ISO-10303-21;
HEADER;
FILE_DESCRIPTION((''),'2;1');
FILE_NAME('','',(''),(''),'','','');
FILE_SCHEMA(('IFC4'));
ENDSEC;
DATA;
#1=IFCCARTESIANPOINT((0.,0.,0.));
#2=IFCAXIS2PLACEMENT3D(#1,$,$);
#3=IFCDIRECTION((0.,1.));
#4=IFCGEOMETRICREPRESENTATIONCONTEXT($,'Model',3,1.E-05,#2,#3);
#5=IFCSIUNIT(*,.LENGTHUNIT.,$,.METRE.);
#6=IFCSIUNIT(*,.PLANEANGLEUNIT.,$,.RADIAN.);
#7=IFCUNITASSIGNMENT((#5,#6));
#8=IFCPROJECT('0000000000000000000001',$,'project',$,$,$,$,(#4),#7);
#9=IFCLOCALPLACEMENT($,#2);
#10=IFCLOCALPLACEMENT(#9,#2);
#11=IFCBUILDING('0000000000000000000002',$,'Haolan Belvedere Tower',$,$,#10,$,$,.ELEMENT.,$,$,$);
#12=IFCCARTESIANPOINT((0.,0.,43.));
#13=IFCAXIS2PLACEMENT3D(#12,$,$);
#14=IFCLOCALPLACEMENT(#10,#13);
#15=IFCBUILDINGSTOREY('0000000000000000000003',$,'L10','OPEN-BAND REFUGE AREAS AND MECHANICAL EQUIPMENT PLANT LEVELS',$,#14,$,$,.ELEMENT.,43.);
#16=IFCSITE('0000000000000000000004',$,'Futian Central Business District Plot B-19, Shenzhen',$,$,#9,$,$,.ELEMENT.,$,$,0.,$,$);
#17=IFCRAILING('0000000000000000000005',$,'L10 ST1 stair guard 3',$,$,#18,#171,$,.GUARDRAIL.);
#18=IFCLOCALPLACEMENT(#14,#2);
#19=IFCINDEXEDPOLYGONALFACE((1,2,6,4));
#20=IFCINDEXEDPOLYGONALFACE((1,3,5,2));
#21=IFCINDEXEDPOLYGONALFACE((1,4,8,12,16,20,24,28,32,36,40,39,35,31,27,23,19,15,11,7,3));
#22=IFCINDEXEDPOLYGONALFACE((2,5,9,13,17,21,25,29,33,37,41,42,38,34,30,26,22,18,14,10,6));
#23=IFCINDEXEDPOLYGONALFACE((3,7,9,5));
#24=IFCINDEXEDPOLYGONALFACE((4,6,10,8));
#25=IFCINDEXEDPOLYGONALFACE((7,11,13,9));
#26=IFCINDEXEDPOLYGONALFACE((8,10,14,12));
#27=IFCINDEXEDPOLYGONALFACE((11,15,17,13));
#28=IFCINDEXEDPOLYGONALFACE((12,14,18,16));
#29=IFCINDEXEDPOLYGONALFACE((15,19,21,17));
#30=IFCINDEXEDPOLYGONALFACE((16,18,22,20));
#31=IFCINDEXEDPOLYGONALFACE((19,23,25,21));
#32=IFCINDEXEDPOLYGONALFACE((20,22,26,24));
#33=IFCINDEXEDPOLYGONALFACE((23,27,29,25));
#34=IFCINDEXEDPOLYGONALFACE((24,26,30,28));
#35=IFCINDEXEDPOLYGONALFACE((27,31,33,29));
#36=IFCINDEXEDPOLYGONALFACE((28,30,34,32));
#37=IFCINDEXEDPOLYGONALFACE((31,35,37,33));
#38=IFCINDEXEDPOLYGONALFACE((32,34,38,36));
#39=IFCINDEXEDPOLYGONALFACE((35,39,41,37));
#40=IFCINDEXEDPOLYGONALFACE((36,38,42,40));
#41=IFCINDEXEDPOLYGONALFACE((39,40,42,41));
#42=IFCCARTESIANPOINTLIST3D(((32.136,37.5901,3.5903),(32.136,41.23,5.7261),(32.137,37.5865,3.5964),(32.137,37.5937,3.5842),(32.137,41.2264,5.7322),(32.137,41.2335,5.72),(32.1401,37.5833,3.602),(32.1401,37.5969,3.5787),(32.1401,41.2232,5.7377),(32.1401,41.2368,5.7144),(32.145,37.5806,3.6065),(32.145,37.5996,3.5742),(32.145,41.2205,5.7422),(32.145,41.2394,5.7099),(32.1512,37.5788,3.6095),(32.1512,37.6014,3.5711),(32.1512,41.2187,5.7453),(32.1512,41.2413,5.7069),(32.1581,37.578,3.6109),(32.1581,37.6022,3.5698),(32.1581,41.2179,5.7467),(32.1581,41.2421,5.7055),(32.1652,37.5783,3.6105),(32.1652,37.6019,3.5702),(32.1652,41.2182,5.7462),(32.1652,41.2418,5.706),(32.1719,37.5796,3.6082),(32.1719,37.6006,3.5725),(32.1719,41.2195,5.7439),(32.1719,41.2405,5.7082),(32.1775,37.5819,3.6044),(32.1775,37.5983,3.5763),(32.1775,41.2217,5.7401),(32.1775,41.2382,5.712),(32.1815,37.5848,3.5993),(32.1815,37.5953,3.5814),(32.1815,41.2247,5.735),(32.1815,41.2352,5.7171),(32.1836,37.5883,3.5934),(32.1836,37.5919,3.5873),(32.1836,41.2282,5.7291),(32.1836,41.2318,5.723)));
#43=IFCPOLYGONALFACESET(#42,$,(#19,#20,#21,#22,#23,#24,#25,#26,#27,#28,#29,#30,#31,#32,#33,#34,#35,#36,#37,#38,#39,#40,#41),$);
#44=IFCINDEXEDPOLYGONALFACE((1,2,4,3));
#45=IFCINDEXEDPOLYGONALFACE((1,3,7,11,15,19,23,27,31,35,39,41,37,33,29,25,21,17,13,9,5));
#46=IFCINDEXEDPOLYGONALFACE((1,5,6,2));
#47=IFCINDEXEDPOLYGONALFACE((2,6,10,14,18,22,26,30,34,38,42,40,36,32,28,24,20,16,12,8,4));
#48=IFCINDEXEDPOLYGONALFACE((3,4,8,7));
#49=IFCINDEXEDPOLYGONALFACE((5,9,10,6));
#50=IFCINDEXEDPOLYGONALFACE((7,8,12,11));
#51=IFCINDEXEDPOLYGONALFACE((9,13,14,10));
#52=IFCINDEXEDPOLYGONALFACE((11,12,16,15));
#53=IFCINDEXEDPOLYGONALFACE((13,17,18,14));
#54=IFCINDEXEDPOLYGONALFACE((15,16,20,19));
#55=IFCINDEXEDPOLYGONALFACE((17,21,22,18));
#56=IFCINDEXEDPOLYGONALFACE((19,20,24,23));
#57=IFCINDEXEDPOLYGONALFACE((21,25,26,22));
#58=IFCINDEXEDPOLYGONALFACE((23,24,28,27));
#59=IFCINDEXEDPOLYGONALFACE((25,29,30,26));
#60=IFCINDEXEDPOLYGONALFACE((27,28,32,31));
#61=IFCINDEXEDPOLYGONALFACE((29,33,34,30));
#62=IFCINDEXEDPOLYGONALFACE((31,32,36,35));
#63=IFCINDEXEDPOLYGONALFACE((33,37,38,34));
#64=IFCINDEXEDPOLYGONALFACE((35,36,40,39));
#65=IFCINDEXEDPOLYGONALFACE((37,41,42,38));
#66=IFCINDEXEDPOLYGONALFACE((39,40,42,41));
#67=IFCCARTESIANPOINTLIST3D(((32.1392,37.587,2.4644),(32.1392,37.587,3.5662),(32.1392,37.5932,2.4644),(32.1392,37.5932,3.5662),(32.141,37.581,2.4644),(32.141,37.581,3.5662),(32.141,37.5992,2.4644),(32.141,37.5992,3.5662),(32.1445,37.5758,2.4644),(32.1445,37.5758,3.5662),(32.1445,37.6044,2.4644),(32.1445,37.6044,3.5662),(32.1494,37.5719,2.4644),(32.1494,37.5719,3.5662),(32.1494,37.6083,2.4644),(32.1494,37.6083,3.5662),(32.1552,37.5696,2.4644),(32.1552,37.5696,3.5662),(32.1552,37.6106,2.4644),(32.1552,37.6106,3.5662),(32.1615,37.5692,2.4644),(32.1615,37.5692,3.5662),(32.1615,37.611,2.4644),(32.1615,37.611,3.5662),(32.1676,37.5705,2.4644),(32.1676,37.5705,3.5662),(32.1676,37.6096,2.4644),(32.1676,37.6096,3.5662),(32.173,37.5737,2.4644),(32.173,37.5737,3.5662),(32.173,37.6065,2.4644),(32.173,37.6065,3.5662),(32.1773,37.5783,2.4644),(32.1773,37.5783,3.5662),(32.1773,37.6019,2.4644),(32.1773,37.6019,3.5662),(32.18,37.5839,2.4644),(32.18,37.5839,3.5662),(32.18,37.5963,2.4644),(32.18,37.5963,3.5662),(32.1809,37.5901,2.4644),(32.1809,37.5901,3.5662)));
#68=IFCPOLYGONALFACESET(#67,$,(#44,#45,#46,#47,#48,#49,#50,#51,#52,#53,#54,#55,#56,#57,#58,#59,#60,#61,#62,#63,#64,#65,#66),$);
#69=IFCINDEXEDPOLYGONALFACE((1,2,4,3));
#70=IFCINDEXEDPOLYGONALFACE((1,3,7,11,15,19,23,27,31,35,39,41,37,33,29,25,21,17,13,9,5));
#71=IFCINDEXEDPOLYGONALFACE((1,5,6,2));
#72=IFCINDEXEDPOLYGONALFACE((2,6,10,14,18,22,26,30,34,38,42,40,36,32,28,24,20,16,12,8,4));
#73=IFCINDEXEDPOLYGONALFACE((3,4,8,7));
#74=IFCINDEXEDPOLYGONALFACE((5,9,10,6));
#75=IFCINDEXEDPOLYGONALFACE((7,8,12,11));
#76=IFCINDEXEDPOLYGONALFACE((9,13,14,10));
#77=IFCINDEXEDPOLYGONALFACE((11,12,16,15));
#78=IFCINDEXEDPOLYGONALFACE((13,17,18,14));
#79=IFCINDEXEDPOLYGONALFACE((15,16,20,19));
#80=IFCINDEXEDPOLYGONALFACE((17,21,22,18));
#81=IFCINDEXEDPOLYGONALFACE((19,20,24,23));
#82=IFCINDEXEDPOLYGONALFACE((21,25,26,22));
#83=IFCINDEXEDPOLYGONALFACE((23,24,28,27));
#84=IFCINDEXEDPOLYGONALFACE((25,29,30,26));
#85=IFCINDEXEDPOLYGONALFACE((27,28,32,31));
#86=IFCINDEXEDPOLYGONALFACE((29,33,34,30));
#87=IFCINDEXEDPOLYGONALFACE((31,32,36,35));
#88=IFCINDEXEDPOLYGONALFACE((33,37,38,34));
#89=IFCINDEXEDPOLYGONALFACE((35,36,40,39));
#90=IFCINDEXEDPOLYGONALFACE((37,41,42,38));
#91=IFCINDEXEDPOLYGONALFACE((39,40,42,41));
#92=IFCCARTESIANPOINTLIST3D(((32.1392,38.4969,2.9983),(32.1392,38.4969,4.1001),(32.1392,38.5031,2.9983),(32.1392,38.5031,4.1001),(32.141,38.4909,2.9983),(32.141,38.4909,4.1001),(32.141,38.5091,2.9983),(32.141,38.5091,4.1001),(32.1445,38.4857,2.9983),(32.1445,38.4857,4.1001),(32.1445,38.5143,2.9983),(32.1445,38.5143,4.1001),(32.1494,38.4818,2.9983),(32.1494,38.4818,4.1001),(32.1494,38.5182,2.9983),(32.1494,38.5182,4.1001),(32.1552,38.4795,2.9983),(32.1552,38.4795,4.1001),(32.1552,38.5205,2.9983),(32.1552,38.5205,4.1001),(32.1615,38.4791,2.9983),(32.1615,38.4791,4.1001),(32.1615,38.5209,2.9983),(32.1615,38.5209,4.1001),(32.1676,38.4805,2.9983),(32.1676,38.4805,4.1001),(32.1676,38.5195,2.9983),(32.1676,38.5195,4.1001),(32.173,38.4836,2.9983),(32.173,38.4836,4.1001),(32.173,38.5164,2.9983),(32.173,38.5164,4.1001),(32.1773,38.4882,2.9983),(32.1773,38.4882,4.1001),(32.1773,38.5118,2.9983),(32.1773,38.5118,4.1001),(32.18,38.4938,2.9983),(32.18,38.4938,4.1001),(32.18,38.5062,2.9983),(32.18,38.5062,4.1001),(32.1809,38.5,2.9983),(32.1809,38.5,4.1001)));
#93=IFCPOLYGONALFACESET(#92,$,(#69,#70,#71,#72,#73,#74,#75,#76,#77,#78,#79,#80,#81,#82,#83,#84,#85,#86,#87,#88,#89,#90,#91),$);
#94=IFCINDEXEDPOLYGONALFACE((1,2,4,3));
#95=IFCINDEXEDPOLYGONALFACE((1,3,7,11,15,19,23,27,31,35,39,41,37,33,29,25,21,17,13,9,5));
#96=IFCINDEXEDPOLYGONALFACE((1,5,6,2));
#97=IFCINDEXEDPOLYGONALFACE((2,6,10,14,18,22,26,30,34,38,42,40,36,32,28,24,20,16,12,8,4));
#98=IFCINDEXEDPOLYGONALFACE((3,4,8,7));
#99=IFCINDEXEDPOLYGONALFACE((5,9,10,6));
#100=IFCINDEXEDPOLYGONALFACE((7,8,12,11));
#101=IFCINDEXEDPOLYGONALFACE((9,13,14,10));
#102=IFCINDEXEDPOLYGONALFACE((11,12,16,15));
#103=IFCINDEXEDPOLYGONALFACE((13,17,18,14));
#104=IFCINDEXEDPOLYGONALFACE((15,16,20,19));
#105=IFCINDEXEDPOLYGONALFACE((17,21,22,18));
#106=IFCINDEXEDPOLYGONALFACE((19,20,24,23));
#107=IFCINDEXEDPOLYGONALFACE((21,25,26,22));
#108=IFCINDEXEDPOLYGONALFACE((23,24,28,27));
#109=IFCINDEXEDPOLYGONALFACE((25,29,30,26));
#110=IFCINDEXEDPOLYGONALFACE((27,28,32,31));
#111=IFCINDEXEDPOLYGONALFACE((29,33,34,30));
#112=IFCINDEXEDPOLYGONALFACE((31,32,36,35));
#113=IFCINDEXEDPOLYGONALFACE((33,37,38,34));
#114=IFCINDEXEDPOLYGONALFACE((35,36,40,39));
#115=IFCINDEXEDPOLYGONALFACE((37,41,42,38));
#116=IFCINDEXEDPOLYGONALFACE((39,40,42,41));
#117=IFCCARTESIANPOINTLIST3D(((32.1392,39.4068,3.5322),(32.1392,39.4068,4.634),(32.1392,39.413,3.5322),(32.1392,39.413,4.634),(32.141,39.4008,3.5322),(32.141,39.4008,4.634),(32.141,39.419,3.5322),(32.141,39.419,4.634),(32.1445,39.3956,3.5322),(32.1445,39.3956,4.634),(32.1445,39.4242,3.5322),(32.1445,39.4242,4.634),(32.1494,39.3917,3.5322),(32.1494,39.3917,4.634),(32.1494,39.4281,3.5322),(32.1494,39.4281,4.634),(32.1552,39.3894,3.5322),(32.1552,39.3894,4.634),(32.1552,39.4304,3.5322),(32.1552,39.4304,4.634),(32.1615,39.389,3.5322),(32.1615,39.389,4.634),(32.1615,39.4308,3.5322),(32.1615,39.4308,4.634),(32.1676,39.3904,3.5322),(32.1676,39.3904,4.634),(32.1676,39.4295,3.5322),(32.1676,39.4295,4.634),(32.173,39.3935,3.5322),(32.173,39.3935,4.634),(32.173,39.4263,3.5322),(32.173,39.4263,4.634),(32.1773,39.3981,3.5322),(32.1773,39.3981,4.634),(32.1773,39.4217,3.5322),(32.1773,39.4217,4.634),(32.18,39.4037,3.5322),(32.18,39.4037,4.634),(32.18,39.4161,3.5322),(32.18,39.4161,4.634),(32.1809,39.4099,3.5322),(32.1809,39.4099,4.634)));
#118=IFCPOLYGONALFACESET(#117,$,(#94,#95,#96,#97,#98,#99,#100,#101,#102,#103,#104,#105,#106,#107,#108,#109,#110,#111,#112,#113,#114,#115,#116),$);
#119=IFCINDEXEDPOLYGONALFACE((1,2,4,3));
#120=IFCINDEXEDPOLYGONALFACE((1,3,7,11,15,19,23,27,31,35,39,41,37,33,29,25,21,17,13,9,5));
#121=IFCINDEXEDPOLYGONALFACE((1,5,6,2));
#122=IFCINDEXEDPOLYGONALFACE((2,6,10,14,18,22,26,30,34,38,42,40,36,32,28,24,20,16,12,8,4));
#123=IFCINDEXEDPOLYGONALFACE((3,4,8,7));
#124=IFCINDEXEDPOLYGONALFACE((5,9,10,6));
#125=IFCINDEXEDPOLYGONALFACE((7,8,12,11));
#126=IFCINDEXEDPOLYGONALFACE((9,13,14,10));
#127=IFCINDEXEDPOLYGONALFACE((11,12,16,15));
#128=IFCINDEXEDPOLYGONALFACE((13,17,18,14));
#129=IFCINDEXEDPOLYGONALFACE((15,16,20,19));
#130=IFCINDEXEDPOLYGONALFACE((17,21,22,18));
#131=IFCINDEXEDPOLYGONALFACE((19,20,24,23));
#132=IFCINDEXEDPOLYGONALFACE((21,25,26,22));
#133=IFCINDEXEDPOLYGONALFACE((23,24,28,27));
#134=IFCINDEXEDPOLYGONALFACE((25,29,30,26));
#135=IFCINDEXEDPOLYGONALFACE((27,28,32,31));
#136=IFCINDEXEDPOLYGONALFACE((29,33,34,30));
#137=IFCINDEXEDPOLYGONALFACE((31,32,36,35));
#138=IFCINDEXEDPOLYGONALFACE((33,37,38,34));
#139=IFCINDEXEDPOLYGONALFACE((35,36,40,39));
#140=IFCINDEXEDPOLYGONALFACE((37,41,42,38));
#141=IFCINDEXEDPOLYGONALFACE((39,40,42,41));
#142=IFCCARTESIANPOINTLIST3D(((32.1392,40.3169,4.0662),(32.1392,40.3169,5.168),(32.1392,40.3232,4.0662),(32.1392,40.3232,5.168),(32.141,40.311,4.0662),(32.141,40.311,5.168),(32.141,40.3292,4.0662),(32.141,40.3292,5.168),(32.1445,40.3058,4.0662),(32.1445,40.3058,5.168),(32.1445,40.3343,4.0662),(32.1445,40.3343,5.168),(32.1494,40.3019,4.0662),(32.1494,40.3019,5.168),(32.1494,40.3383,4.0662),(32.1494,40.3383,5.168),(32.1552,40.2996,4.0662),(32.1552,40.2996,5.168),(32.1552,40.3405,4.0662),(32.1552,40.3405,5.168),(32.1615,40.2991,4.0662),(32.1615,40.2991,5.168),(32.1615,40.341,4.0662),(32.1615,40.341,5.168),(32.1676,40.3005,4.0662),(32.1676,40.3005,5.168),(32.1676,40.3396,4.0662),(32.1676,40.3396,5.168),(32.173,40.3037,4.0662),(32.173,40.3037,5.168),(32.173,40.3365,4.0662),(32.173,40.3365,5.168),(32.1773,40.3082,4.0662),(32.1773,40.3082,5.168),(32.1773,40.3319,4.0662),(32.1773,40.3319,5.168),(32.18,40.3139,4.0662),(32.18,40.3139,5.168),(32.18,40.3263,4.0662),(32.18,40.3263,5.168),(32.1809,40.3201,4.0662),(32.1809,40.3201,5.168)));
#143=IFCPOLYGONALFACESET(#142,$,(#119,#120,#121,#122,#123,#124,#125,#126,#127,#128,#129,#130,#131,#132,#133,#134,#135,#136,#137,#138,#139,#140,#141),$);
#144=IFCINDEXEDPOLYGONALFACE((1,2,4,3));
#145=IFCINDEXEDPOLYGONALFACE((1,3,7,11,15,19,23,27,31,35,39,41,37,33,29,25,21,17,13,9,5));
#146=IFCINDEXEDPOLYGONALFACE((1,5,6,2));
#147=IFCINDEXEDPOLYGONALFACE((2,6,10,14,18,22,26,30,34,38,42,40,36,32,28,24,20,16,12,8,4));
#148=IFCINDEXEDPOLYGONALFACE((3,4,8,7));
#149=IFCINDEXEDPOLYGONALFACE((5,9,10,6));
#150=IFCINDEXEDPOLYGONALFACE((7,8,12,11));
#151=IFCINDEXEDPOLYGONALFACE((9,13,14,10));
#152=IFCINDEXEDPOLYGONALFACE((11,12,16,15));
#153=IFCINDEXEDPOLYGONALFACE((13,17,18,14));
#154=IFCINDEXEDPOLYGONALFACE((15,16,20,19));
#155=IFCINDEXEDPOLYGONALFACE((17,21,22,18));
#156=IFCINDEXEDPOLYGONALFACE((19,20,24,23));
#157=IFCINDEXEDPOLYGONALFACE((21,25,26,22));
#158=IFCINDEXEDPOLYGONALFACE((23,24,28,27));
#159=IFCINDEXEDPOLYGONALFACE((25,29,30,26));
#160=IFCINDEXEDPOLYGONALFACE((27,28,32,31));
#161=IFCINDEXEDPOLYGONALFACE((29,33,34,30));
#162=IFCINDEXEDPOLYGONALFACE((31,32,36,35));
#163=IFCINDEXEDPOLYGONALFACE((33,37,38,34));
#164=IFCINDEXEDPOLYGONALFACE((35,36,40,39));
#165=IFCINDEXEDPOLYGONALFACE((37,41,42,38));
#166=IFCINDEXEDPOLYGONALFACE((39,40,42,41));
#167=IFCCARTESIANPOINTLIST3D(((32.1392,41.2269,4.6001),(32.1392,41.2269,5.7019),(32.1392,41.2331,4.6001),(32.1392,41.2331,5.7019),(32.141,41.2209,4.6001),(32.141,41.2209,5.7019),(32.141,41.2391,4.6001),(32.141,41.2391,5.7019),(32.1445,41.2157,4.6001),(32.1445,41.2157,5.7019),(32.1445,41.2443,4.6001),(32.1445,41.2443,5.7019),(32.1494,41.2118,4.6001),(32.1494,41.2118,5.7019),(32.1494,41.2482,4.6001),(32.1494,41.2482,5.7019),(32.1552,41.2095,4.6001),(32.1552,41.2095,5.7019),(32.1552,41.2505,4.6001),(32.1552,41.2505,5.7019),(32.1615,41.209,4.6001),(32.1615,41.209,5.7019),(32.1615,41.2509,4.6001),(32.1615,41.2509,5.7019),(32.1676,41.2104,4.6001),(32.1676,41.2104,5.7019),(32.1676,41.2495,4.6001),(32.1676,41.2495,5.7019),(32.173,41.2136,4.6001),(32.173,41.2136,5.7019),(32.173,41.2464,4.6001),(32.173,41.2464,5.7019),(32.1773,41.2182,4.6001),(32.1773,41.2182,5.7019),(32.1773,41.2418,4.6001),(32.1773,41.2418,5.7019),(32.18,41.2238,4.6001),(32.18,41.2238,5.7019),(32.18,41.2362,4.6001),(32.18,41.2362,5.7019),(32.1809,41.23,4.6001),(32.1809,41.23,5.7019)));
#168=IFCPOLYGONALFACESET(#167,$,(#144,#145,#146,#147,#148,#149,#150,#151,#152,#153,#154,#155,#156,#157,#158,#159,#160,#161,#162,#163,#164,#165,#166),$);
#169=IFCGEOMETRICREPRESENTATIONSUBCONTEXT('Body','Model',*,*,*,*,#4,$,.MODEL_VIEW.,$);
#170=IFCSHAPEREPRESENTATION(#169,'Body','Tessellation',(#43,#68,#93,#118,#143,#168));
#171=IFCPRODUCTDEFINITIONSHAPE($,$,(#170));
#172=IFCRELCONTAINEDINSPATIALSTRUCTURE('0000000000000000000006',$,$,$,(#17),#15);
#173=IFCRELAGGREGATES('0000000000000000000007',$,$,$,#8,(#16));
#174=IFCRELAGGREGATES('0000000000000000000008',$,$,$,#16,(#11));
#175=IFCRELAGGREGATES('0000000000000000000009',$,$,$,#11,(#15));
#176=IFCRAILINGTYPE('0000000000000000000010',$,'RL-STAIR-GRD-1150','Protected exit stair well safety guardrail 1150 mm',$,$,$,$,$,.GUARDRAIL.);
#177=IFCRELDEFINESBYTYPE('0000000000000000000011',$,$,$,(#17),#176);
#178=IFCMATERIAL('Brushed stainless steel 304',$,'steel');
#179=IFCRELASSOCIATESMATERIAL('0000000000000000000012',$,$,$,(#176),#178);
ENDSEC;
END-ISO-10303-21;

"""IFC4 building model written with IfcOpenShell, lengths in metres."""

from ifc_helpers import new_model, si_unit, direction, frame, origin, origin_2d, place, context, subcontext, project, spatial, circle, extrude, material, type_object, element, save


model = new_model("IFC4")

# Units and contexts
model_context = context("Model", 3, precision=1e-05, world=origin(), true_north=direction((0.0, 1.0)))
body_context = subcontext(model_context, "Body", "Model", "MODEL_VIEW")
ifc_project = project(units=[si_unit("LENGTHUNIT", "METRE"), si_unit("PLANEANGLEUNIT", "RADIAN")], contexts=[model_context])

# Site, building, storey
site_placement = place(None, origin())
site = spatial("IfcSite", under=ifc_project, at=site_placement, Name="Futian Central Business District Plot B-19, Shenzhen", CompositionType="ELEMENT", RefElevation=0.0)
building_placement = place(site_placement, origin())
building = spatial("IfcBuilding", under=site, at=building_placement, Name="Haolan Belvedere Tower", CompositionType="ELEMENT")
storey_placement = place(building_placement, frame((0.0, 0.0, 43.0)))
storey = spatial("IfcBuildingStorey", under=building, at=storey_placement, Name="L10", Description="OPEN-BAND REFUGE AREAS AND MECHANICAL EQUIPMENT PLANT LEVELS", CompositionType="ELEMENT", Elevation=43.0)

# Railing
ifc_material_1 = material(Name="Brushed stainless steel 304", Category="steel")
railing_type_1 = type_object("IfcRailingType", Name="RL-STAIR-GRD-1150", Description="Protected exit stair well safety guardrail 1150 mm", PredefinedType="GUARDRAIL", material=ifc_material_1)
railing_1_placement = place(storey_placement, frame((32.1599, 37.5901, 2.4644)))
element("IfcRailing", 1, at=railing_1_placement, inside=storey, type_object=railing_type_1, Name="L10 ST1 stair guard 3", PredefinedType="GUARDRAIL", context=body_context, shape_type="SweptSolid", body=[
    extrude(circle(Radius=0.0239, at=origin_2d()), frame((0.0, 0.0, 1.126), z_axis=(0.0, 0.86249, 0.506074), x_axis=(-1.0, 0.0, 0.0)), (0.0, 0.0, 1.0), 4.2202),
    extrude(circle(Radius=0.021, at=origin_2d()), origin(), (0.0, 0.0, 1.0), 1.1018),
    extrude(circle(Radius=0.021, at=origin_2d()), frame((0.0, 0.9099, 0.5339)), (0.0, 0.0, 1.0), 1.1018),
    extrude(circle(Radius=0.021, at=origin_2d()), frame((0.0, 1.8198, 1.0679)), (0.0, 0.0, 1.0), 1.1018),
    extrude(circle(Radius=0.021, at=origin_2d()), frame((0.0, 2.73, 1.6018)), (0.0, 0.0, 1.0), 1.1018),
    extrude(circle(Radius=0.021, at=origin_2d()), frame((0.0, 3.6399, 2.1357)), (0.0, 0.0, 1.0), 1.1018),
])

save(model, "model.ifc")
